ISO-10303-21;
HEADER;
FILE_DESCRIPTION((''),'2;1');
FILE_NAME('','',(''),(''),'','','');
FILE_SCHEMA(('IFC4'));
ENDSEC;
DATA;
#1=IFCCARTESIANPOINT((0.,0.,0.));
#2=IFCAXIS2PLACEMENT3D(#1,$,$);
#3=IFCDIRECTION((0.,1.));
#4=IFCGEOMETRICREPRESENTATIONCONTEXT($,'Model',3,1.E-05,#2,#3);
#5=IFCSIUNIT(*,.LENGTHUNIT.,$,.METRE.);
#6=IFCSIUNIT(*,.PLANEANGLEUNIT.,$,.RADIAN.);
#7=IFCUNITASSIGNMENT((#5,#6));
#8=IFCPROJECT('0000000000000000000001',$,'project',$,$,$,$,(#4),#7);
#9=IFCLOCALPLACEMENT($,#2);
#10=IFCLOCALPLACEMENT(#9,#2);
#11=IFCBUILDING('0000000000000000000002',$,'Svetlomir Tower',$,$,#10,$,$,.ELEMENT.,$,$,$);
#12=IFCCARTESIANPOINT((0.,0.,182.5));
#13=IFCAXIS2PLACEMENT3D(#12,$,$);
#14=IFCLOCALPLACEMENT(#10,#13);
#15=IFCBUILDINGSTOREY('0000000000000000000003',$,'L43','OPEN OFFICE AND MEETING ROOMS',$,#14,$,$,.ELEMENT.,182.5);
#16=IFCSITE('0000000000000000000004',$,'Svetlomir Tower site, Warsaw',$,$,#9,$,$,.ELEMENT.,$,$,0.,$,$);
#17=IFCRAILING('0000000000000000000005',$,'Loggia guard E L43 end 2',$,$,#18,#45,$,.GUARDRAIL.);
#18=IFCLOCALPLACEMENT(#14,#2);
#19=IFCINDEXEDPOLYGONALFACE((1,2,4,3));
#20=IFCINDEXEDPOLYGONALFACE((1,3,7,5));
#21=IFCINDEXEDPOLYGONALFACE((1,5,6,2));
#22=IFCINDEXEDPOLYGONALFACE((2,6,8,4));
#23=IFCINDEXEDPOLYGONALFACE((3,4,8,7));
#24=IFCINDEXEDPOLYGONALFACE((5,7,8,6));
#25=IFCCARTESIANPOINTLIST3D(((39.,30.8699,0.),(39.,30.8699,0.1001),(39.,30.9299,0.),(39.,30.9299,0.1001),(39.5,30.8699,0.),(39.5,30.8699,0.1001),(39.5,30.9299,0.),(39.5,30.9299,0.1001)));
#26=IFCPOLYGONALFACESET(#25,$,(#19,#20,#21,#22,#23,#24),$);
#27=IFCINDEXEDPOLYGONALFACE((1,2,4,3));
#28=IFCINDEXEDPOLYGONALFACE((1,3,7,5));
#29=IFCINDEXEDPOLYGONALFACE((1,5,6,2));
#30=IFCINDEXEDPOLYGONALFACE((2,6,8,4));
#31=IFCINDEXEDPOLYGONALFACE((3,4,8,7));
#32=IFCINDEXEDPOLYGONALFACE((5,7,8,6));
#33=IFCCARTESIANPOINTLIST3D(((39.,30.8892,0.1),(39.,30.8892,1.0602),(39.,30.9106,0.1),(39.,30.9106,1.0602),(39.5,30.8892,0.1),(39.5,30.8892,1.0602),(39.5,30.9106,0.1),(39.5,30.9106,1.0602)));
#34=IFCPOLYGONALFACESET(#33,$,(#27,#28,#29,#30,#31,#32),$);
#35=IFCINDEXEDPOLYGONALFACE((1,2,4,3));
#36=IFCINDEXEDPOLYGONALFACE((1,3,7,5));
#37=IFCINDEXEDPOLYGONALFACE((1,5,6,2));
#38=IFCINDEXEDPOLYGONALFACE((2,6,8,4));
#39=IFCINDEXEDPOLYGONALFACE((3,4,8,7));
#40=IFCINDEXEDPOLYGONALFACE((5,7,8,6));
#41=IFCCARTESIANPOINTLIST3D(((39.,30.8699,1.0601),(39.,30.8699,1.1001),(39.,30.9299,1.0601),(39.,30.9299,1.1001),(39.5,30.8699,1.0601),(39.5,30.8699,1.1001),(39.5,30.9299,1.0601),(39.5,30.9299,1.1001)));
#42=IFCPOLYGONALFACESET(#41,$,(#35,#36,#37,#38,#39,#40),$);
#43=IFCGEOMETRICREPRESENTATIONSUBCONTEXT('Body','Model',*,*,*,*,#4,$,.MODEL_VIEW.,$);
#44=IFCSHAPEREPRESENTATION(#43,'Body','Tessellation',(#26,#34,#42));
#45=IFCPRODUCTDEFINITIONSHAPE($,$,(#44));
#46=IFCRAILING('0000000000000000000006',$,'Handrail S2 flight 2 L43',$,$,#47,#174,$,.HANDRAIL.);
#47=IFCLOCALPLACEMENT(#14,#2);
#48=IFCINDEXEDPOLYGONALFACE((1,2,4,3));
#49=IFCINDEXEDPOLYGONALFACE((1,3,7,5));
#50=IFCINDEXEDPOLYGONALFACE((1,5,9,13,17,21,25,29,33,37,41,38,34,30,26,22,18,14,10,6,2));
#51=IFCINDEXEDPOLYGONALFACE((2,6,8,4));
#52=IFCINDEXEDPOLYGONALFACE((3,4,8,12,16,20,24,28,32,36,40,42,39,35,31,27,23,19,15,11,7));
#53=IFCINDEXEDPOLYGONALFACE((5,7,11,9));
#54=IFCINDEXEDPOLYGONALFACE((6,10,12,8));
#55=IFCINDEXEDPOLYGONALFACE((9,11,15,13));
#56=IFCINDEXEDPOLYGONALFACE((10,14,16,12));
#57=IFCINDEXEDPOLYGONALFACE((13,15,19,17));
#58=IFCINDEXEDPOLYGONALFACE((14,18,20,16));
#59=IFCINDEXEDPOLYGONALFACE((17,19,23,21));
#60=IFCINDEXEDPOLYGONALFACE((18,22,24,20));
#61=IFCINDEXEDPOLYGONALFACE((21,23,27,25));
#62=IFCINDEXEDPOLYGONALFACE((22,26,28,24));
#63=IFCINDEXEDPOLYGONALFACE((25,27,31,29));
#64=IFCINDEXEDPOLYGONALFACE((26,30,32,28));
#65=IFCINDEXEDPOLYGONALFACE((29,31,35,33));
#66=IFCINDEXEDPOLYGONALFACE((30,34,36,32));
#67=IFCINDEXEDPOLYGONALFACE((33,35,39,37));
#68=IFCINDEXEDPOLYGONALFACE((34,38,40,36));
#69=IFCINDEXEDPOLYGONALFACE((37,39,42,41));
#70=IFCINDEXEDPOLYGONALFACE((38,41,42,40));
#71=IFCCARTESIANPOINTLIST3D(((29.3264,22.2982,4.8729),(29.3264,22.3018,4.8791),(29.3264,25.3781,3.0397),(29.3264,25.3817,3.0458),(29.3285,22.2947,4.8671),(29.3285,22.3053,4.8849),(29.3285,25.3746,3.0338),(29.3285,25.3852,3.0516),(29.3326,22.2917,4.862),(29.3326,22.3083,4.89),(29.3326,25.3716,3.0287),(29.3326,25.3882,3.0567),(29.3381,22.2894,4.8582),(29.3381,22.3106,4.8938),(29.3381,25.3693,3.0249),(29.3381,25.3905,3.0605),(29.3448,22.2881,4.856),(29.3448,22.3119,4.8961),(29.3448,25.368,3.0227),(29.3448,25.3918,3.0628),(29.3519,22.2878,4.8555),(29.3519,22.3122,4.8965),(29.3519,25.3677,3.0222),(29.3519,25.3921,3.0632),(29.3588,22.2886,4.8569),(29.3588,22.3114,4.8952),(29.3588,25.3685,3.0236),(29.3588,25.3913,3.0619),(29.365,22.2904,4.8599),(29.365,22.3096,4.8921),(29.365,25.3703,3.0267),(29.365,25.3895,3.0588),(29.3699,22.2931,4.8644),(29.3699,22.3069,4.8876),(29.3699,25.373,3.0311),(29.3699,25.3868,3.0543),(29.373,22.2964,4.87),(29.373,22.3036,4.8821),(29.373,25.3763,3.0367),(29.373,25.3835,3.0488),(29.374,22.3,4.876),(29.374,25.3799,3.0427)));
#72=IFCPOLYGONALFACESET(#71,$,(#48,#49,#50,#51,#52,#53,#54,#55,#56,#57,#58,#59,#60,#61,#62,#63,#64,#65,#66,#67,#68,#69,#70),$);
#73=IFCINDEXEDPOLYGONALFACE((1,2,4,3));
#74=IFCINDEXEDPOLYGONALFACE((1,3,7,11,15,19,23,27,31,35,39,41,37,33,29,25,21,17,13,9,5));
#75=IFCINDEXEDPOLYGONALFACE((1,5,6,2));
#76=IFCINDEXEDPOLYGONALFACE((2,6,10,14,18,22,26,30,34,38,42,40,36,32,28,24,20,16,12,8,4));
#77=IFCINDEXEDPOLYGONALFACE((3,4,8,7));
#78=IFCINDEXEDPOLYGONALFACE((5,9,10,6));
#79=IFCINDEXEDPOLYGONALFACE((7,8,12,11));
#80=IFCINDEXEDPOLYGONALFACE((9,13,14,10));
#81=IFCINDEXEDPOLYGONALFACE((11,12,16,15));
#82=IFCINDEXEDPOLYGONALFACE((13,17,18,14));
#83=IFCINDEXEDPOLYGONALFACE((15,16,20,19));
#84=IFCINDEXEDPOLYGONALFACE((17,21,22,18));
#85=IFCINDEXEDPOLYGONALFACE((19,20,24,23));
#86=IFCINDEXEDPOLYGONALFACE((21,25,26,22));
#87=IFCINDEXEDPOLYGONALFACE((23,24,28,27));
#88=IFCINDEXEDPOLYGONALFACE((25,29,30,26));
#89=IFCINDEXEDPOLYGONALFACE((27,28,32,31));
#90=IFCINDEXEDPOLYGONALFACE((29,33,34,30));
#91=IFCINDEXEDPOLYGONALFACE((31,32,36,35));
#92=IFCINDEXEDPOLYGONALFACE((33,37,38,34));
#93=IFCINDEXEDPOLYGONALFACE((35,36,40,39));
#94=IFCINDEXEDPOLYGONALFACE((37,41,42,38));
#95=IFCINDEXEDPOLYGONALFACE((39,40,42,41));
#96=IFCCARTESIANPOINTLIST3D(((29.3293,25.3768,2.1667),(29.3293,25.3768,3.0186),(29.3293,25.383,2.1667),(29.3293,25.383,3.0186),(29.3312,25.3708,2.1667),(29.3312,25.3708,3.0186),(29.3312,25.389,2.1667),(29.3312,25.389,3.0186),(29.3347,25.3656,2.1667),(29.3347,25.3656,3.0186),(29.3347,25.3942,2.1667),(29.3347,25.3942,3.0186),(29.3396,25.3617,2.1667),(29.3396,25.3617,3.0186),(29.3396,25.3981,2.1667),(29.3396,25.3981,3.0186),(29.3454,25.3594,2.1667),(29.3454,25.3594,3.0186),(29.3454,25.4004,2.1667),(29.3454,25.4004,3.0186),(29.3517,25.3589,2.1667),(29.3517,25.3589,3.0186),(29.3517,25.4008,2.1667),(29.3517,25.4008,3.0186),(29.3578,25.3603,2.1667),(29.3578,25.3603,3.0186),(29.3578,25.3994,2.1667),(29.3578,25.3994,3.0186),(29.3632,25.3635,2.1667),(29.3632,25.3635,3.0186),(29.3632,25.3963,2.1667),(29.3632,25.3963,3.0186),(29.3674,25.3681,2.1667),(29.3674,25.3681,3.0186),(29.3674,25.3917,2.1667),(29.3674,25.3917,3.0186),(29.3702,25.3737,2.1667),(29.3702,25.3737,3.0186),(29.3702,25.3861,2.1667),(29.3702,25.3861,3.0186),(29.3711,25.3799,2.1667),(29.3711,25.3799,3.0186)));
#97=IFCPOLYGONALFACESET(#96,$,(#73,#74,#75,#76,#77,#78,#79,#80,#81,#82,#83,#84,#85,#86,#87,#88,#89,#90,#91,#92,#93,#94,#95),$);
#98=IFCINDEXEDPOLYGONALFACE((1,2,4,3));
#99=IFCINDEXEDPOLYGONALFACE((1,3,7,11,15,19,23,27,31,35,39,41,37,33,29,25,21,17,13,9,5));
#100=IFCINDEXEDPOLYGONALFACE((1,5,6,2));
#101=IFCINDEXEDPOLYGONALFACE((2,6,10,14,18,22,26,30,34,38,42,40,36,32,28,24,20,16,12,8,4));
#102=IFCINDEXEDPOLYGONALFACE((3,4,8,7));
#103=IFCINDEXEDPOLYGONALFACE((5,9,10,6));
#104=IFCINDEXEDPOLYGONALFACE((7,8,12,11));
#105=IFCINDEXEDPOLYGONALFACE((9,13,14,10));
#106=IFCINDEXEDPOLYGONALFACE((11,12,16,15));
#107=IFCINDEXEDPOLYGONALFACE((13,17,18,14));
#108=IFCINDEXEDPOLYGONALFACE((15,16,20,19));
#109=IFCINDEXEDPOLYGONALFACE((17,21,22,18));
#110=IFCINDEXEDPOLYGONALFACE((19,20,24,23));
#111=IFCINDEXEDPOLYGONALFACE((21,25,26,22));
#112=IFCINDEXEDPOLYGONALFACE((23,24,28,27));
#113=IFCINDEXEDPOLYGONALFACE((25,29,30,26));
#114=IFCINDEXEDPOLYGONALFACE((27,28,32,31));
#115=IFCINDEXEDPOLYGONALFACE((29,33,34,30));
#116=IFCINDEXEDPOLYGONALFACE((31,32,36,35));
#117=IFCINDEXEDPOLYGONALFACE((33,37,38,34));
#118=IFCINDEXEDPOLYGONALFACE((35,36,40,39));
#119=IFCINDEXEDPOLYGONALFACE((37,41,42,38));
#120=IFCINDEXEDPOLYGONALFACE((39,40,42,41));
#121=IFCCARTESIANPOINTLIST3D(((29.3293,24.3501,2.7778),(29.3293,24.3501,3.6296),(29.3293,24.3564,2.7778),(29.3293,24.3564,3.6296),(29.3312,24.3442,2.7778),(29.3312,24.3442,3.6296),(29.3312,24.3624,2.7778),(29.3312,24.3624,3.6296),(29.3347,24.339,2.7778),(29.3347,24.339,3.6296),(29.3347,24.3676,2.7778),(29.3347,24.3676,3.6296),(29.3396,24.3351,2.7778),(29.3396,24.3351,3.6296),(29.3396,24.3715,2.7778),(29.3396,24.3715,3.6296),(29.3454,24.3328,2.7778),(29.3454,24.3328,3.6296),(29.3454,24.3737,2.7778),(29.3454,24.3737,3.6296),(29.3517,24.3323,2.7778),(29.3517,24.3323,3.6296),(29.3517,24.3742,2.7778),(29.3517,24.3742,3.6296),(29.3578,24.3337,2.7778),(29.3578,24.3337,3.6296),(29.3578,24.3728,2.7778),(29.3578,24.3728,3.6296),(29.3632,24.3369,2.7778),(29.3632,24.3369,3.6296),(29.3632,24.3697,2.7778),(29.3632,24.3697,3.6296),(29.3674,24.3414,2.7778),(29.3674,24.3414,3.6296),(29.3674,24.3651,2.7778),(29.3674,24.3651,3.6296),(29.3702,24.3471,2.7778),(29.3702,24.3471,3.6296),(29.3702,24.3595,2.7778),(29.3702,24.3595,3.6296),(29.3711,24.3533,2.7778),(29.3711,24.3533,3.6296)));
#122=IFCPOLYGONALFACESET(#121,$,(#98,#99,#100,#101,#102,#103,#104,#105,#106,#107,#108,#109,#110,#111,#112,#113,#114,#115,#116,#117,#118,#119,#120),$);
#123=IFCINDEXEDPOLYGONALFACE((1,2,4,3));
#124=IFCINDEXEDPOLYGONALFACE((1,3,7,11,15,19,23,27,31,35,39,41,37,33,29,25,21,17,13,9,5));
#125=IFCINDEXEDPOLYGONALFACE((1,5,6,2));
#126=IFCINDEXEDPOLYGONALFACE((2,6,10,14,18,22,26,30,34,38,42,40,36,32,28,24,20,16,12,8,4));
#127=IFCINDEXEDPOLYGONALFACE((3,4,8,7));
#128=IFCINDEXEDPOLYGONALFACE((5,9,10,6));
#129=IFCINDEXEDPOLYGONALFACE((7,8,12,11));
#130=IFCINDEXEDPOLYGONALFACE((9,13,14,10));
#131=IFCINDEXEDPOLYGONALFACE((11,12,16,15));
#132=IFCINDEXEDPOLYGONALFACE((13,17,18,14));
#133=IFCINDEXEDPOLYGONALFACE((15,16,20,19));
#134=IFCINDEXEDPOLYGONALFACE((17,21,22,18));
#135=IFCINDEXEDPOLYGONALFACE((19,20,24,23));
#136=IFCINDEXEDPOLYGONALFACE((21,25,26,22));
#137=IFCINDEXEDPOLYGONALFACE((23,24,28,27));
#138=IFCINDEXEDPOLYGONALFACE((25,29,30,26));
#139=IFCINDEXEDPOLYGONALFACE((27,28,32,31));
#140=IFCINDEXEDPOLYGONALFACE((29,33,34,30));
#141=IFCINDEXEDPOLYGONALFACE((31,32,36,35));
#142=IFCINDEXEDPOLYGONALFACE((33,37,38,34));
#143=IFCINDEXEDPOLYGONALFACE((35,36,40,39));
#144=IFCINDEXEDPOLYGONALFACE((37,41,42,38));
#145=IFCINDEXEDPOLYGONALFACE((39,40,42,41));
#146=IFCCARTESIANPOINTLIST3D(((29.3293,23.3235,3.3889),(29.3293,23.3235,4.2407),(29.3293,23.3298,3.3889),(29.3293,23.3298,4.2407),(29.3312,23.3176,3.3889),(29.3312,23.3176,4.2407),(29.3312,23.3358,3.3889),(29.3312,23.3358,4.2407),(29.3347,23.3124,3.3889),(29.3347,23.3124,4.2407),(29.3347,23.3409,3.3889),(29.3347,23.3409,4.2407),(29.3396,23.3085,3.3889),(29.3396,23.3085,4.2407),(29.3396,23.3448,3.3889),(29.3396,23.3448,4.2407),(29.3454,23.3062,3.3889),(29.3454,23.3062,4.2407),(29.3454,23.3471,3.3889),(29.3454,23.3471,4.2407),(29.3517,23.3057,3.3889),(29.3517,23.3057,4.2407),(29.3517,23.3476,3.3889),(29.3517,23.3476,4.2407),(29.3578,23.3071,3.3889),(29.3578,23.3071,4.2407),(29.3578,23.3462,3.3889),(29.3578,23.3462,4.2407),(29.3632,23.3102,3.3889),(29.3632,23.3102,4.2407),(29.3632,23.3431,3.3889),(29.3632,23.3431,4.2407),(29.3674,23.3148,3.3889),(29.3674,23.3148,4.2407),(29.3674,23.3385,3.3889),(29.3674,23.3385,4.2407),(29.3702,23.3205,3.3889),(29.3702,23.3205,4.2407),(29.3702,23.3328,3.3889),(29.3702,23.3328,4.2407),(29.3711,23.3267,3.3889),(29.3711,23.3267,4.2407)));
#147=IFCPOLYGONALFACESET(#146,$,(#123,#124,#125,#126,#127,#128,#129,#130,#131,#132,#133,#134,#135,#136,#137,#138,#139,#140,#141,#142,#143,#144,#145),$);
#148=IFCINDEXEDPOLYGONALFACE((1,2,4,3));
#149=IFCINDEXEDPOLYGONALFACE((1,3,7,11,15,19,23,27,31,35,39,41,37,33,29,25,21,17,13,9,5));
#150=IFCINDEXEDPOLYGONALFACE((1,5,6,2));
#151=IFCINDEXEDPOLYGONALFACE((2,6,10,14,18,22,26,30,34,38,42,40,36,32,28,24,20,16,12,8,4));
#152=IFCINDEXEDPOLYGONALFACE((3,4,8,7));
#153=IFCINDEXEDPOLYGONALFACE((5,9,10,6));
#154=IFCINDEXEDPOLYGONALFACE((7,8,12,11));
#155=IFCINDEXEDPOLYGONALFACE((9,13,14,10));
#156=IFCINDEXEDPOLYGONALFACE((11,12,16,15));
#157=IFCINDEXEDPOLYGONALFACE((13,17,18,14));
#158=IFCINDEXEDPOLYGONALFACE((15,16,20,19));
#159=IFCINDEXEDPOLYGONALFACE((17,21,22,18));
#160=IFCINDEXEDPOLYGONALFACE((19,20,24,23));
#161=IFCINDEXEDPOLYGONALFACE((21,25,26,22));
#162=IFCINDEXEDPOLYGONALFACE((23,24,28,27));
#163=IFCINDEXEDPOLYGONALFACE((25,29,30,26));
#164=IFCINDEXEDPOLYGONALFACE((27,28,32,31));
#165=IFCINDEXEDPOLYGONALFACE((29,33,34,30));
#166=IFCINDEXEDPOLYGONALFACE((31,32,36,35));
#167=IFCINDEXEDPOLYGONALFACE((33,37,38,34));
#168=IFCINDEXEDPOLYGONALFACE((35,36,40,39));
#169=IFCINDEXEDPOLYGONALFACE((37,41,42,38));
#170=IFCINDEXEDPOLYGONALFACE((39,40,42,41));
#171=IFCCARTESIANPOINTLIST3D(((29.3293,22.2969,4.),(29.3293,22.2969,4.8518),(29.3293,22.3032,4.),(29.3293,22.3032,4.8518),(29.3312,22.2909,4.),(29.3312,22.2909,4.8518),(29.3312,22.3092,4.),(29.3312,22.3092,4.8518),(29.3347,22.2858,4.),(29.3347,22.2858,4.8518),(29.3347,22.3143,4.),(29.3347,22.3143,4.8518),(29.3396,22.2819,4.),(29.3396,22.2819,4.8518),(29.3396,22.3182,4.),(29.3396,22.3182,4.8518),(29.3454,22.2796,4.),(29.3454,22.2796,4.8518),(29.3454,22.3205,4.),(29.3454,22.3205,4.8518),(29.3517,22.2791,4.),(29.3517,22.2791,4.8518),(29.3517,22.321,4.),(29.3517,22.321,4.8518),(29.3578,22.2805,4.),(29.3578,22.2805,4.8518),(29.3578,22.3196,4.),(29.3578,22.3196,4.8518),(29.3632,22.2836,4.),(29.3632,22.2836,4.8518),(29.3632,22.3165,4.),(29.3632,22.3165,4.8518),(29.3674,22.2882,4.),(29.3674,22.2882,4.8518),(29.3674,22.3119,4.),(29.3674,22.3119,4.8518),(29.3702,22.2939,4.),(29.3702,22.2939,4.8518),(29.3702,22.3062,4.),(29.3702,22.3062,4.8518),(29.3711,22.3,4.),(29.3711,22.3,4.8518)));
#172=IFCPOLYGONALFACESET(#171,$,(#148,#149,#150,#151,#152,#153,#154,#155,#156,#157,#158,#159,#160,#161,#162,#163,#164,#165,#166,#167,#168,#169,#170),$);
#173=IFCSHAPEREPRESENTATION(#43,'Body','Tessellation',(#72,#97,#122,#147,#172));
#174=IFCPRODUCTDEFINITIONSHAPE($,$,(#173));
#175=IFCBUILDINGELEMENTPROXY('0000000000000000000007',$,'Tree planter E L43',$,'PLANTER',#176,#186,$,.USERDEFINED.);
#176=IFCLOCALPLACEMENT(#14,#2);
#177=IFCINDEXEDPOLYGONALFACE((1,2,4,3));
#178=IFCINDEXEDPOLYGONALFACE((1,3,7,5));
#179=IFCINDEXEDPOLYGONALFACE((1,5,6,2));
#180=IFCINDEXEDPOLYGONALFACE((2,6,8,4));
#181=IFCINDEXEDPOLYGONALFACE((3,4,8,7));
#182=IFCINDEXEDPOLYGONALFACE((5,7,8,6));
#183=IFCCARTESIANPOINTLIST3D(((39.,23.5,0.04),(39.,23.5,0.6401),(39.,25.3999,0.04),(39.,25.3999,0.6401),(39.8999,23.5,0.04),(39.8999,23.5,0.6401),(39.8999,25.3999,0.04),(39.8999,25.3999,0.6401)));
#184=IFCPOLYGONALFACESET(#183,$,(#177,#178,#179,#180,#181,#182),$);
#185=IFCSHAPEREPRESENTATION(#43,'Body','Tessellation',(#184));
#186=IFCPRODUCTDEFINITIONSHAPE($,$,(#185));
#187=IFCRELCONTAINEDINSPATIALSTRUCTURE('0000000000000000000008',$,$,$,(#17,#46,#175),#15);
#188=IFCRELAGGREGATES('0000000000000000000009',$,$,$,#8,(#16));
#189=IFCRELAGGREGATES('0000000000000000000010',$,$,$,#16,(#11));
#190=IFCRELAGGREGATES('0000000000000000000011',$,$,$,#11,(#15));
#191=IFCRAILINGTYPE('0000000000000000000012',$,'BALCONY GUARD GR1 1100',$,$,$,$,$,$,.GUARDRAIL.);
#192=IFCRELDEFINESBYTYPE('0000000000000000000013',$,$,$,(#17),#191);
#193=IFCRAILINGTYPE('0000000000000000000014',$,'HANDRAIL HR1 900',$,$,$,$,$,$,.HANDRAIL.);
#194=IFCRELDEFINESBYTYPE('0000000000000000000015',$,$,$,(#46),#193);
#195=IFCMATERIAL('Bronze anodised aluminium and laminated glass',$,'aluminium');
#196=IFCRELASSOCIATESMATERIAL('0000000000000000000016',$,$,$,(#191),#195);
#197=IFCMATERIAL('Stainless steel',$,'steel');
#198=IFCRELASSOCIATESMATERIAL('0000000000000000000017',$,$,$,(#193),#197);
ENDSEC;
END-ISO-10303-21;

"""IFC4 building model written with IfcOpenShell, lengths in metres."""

from ifc_helpers import new_model, si_unit, direction, frame, origin, origin_2d, place, context, subcontext, project, spatial, rectangle, circle, extrude, material, type_object, element, save


model = new_model("IFC4")

# Units and contexts
model_context = context("Model", 3, precision=1e-05, world=origin(), true_north=direction((0.0, 1.0)))
body_context = subcontext(model_context, "Body", "Model", "MODEL_VIEW")
ifc_project = project(units=[si_unit("LENGTHUNIT", "METRE"), si_unit("PLANEANGLEUNIT", "RADIAN")], contexts=[model_context])

# Site, building, storey
site_placement = place(None, origin())
site = spatial("IfcSite", under=ifc_project, at=site_placement, Name="Svetlomir Tower site, Warsaw", CompositionType="ELEMENT", RefElevation=0.0)
building_placement = place(site_placement, origin())
building = spatial("IfcBuilding", under=site, at=building_placement, Name="Svetlomir Tower", CompositionType="ELEMENT")
storey_placement = place(building_placement, frame((0.0, 0.0, 182.5)))
storey = spatial("IfcBuildingStorey", under=building, at=storey_placement, Name="L43", Description="OPEN OFFICE AND MEETING ROOMS", CompositionType="ELEMENT", Elevation=182.5)

# Railings
ifc_material_1 = material(Name="Bronze anodised aluminium and laminated glass", Category="aluminium")
railing_type_1 = type_object("IfcRailingType", Name="BALCONY GUARD GR1 1100", PredefinedType="GUARDRAIL", material=ifc_material_1)
railing_1_placement = place(storey_placement, frame((39.5, 30.8999, 0.0)))
element("IfcRailing", 1, at=railing_1_placement, inside=storey, type_object=railing_type_1, Name="Loggia guard E L43 end 2", PredefinedType="GUARDRAIL", context=body_context, shape_type="SweptSolid", body=[
    extrude(rectangle(XDim=0.0601, YDim=0.1001, at=origin_2d()), frame((0.0, 0.0, 0.05), z_axis=(-1.0, 0.0, 0.0), x_axis=(0.0, -1.0, 0.0)), (0.0, 0.0, 1.0), 0.5),
    extrude(rectangle(XDim=0.0215, YDim=0.9602, at=origin_2d()), frame((0.0, 0.0, 0.5801), z_axis=(-1.0, 0.0, 0.0), x_axis=(0.0, -1.0, 0.0)), (0.0, 0.0, 1.0), 0.5),
    extrude(rectangle(XDim=0.0601, YDim=0.04, at=origin_2d()), frame((0.0, 0.0, 1.0801), z_axis=(-1.0, 0.0, 0.0), x_axis=(0.0, -1.0, 0.0)), (0.0, 0.0, 1.0), 0.5),
])
ifc_material_2 = material(Name="Stainless steel", Category="steel")
railing_type_2 = type_object("IfcRailingType", Name="HANDRAIL HR1 900", PredefinedType="HANDRAIL", material=ifc_material_2)
railing_2_placement = place(storey_placement, frame((29.3501, 25.3799, 2.1667)))
element("IfcRailing", 2, at=railing_2_placement, inside=storey, type_object=railing_type_2, Name="Handrail S2 flight 2 L43", PredefinedType="HANDRAIL", context=body_context, shape_type="SweptSolid", body=[
    extrude(circle(Radius=0.0239, at=origin_2d()), frame((0.0, 0.0, 0.876), z_axis=(0.0, -0.859291, 0.511487), x_axis=(1.0, 0.0, 0.0)), (0.0, 0.0, 1.0), 3.5842),
    extrude(circle(Radius=0.021, at=origin_2d()), origin(), (0.0, 0.0, 1.0), 0.8518),
    extrude(circle(Radius=0.021, at=origin_2d()), frame((0.0, -1.0266, 0.6111)), (0.0, 0.0, 1.0), 0.8518),
    extrude(circle(Radius=0.021, at=origin_2d()), frame((0.0, -2.0532, 1.2222)), (0.0, 0.0, 1.0), 0.8518),
    extrude(circle(Radius=0.021, at=origin_2d()), frame((0.0, -3.0798, 1.8333)), (0.0, 0.0, 1.0), 0.8518),
])

# Building element proxy
proxy_placement = place(storey_placement, frame((39.45, 24.45, 0.04), z_axis=(0.0, 0.0, 1.0), x_axis=(1.0, 0.0, 0.0)))
element("IfcBuildingElementProxy", 3, at=proxy_placement, inside=storey, Name="Tree planter E L43", ObjectType="PLANTER", PredefinedType="USERDEFINED", context=body_context, shape_type="SweptSolid", body=[
    extrude(rectangle(XDim=0.8999, YDim=1.8999, at=origin_2d()), origin(), (0.0, 0.0, 1.0), 0.6001),
])

save(model, "model.ifc")
